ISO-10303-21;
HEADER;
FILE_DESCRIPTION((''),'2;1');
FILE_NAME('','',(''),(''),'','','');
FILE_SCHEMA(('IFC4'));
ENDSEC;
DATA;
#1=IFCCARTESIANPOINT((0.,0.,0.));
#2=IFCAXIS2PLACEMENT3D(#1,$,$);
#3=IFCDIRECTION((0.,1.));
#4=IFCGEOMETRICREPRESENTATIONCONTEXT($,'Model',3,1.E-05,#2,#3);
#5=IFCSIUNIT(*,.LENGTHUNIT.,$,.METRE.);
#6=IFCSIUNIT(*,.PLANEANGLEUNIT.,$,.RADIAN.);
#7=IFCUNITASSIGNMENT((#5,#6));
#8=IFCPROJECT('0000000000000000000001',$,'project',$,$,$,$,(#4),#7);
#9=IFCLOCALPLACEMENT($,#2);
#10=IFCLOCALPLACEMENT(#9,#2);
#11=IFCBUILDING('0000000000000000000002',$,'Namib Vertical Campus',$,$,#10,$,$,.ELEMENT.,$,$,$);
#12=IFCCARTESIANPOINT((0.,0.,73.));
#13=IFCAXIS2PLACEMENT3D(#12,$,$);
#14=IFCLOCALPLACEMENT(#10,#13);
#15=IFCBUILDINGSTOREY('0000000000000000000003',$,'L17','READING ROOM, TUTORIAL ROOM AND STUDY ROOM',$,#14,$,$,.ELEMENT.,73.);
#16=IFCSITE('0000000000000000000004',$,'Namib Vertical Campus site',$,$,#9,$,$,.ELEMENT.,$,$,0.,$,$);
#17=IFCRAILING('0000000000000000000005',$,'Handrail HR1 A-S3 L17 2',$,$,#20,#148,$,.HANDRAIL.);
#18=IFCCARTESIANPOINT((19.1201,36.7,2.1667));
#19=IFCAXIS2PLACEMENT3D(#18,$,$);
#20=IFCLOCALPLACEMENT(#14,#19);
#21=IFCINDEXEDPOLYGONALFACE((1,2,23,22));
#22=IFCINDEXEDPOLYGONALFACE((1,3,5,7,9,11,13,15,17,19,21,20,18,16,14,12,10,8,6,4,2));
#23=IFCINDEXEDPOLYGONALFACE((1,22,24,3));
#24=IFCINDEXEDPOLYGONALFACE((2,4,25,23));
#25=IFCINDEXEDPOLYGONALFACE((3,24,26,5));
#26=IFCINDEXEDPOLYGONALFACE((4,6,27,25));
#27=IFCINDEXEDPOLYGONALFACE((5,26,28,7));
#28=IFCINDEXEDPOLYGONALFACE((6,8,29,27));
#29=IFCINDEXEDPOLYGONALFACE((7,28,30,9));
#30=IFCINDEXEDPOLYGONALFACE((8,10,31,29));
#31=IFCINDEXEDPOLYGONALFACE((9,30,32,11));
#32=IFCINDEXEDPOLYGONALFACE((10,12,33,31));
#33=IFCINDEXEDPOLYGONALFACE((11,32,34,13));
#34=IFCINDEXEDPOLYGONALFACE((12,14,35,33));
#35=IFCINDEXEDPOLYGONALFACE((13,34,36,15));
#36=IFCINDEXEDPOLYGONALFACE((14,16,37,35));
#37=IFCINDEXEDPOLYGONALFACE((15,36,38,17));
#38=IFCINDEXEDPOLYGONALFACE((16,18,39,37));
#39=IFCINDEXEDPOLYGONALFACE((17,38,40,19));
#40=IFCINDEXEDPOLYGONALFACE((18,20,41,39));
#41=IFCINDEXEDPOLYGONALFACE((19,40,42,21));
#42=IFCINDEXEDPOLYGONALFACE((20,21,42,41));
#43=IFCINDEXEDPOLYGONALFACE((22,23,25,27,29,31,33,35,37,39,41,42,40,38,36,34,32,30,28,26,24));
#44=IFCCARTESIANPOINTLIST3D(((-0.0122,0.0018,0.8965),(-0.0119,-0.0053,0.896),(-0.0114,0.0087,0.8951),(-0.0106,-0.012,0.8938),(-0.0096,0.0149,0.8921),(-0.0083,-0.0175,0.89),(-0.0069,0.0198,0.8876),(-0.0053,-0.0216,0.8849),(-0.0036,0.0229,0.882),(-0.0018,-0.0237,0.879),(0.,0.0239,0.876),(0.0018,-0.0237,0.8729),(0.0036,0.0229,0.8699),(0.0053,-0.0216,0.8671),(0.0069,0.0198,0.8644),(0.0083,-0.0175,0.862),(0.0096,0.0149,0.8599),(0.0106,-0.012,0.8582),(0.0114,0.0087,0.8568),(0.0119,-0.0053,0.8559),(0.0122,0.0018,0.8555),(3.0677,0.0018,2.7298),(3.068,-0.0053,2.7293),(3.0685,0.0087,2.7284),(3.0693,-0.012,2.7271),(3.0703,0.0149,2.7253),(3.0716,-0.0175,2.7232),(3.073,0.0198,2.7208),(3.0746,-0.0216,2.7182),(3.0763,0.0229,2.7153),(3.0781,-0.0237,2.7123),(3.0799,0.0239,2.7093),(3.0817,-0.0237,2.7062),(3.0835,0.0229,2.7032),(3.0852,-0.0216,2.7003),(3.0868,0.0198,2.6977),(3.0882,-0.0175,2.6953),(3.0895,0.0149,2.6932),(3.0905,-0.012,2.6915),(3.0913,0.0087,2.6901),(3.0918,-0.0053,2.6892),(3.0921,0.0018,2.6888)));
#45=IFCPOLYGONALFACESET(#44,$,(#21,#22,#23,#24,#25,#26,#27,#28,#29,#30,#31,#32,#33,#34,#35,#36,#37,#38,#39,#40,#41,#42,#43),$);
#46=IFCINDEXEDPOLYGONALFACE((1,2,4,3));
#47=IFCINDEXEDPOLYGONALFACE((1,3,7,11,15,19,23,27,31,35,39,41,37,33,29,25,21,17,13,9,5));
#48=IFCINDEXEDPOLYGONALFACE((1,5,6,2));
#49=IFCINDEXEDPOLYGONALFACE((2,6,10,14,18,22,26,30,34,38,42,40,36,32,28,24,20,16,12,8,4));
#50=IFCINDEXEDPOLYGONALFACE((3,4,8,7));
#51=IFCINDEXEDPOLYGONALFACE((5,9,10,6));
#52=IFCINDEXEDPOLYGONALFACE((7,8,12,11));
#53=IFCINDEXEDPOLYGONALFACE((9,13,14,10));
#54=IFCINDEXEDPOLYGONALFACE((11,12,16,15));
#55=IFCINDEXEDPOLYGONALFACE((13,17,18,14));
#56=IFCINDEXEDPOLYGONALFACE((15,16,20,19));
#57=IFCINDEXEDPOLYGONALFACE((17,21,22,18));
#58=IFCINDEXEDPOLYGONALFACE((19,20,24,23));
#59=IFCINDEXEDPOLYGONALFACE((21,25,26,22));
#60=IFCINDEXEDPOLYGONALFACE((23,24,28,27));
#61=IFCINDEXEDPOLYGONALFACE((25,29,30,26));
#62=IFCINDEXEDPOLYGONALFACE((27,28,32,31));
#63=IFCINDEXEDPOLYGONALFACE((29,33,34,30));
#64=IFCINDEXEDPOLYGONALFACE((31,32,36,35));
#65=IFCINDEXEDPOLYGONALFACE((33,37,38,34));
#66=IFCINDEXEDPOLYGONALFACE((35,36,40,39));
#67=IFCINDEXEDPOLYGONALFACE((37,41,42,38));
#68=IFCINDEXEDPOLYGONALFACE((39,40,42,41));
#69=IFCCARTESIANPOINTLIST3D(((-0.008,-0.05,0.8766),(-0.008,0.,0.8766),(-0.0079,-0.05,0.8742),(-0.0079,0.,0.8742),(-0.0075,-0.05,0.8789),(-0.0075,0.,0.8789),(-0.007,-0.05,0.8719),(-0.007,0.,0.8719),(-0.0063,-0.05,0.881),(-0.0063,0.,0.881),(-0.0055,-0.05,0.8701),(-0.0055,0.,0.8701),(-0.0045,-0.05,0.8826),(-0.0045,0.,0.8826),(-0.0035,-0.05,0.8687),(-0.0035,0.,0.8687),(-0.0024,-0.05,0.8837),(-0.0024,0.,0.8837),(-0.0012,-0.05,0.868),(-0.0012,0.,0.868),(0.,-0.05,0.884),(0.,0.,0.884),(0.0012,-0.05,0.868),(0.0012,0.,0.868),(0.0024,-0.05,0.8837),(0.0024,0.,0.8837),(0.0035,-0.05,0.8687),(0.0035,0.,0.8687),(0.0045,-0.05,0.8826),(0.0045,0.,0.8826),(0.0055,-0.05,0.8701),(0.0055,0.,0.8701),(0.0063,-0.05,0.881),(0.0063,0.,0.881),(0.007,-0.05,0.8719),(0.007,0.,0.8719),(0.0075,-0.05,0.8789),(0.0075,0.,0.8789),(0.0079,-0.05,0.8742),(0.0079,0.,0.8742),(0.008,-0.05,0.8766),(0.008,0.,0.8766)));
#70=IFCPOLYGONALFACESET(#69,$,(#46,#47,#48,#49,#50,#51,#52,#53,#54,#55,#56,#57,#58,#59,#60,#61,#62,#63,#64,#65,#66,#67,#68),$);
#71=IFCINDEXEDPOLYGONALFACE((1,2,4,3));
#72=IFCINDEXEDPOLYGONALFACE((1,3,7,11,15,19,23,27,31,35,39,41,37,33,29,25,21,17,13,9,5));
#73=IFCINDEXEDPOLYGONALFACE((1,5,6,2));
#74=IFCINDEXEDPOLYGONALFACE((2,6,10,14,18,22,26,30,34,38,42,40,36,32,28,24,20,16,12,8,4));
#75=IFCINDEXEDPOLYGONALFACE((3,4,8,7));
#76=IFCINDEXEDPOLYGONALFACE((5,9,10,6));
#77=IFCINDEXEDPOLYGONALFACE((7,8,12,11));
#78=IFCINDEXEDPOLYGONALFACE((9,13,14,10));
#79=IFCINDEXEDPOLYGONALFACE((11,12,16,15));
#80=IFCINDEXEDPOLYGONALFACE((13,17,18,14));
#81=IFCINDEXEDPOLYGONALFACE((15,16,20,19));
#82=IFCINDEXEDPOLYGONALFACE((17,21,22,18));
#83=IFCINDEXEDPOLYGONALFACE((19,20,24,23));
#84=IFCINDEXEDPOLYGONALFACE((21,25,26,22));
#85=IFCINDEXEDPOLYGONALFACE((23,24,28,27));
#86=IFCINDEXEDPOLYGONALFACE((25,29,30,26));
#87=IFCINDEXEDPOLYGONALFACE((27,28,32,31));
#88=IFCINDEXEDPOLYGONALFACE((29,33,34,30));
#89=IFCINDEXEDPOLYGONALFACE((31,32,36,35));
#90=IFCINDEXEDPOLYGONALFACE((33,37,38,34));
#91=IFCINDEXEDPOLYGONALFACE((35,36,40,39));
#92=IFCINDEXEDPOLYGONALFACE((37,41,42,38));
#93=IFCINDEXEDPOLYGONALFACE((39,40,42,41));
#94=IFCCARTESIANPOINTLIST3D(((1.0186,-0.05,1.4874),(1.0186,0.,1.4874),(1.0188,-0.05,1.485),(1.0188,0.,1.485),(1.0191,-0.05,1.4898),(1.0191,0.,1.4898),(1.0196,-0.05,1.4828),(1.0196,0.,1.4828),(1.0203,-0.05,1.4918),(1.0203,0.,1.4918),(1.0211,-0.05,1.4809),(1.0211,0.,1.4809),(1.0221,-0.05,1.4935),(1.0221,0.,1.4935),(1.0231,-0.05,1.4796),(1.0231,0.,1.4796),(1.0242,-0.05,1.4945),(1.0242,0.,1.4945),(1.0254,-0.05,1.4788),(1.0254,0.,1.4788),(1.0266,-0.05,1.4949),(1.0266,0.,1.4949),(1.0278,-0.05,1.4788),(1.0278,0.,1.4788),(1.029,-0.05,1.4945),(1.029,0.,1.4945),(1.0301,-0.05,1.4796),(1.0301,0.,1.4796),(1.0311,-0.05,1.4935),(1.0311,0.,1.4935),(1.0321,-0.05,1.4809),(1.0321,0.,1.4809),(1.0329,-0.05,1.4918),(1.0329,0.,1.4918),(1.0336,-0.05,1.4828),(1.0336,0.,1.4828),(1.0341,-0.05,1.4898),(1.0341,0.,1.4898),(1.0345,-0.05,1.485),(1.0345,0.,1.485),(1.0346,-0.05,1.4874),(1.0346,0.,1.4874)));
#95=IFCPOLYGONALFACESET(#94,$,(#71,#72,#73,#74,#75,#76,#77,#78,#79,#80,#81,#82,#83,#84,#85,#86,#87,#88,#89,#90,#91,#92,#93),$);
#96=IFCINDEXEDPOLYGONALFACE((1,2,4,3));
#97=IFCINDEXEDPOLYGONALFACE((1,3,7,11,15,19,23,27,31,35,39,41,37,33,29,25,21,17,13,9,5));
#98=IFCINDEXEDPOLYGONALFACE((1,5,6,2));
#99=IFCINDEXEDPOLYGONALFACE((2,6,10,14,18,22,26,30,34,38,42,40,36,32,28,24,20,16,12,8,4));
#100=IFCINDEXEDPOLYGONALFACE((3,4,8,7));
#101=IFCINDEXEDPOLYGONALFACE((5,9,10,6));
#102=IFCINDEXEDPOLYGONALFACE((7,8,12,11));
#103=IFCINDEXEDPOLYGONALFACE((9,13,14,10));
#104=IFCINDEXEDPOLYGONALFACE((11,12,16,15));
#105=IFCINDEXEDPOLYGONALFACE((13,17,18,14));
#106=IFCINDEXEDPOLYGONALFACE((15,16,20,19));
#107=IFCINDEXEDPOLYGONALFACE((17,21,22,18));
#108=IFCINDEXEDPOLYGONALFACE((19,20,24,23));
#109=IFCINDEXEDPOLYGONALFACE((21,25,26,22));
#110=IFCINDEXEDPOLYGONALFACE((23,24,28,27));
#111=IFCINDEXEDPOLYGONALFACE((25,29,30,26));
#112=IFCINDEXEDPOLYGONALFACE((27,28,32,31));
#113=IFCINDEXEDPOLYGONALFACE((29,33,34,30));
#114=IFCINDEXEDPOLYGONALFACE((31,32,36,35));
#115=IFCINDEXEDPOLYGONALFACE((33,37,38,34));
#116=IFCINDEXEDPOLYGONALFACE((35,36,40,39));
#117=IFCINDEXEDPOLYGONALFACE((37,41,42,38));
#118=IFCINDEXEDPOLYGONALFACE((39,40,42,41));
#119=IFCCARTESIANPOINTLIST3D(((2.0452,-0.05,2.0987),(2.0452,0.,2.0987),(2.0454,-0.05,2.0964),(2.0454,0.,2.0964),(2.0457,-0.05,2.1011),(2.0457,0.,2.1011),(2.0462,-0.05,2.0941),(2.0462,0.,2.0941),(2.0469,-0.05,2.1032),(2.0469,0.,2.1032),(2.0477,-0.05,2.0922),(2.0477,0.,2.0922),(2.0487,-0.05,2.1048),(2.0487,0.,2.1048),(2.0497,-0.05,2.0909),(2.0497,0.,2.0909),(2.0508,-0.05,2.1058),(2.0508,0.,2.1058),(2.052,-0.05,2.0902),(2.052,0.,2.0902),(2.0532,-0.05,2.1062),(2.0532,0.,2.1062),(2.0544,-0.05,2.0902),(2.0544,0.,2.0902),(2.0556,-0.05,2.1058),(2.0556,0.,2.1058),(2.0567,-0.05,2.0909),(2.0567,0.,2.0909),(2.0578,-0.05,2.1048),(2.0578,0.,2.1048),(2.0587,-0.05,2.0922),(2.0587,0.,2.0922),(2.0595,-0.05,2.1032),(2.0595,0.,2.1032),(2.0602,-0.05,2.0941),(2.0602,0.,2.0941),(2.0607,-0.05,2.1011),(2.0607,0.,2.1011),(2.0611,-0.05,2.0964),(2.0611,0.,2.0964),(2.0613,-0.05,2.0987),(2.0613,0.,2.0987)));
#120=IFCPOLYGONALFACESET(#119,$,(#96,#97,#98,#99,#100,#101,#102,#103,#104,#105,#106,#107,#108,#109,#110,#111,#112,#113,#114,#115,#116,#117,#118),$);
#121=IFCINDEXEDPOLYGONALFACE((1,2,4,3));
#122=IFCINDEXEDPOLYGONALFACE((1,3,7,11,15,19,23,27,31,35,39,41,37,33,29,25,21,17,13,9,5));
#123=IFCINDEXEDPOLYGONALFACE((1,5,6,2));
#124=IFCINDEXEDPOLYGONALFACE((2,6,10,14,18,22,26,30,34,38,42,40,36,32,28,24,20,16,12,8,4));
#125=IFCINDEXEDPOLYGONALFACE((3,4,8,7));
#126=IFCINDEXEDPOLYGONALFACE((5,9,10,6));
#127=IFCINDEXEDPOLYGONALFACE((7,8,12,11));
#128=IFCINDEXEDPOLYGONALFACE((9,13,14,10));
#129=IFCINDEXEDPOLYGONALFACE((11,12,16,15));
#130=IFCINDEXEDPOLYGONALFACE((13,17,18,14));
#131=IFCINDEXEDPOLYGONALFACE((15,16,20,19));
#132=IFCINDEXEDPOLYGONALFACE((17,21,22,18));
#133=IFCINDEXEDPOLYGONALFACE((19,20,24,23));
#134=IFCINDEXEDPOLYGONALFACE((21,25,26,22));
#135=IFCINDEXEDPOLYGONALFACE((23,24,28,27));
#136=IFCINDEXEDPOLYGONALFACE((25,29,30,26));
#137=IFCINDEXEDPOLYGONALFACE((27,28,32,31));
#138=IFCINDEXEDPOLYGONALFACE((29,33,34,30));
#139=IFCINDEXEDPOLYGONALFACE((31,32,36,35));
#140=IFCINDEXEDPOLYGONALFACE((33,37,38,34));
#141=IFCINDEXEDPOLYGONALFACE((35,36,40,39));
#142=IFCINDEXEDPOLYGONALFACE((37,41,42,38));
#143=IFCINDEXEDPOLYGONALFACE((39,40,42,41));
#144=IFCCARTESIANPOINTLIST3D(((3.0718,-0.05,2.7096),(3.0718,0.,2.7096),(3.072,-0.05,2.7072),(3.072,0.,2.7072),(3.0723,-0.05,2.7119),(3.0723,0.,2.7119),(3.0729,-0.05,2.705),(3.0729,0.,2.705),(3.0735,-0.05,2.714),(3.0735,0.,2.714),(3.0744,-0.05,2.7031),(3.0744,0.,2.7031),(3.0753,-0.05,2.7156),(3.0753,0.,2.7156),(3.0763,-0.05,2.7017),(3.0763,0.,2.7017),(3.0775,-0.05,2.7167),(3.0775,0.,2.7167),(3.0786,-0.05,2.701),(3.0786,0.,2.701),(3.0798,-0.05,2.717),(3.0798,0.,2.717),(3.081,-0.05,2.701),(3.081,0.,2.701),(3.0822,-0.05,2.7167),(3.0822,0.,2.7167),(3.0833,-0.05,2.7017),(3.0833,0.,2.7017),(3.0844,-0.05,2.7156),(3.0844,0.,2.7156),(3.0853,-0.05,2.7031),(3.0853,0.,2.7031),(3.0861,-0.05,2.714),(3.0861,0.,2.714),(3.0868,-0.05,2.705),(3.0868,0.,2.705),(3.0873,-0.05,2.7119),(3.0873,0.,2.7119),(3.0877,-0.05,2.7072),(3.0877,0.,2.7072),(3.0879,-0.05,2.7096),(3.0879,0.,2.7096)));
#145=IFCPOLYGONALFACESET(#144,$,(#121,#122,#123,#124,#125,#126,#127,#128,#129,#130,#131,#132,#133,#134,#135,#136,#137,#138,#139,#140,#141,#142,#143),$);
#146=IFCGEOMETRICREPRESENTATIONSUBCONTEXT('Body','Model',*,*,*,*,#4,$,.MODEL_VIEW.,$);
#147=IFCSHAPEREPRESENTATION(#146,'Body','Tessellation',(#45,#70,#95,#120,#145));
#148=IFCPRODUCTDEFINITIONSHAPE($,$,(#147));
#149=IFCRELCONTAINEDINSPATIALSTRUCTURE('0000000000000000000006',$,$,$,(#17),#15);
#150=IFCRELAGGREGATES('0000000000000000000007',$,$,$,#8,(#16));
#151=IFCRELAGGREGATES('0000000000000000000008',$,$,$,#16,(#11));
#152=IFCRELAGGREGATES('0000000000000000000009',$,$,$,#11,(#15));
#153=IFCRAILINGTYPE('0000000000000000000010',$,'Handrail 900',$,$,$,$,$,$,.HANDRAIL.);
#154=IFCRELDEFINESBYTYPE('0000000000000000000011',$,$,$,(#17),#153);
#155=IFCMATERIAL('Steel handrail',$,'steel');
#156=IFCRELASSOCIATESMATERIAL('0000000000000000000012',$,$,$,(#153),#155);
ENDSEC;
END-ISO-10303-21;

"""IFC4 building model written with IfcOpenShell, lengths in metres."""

from ifc_helpers import new_model, si_unit, direction, frame, origin, origin_2d, place, context, subcontext, project, spatial, circle, extrude, material, type_object, element, save


model = new_model("IFC4")

# Units and contexts
model_context = context("Model", 3, precision=1e-05, world=origin(), true_north=direction((0.0, 1.0)))
body_context = subcontext(model_context, "Body", "Model", "MODEL_VIEW")
ifc_project = project(units=[si_unit("LENGTHUNIT", "METRE"), si_unit("PLANEANGLEUNIT", "RADIAN")], contexts=[model_context])

# Site, building, storey
site_placement = place(None, origin())
site = spatial("IfcSite", under=ifc_project, at=site_placement, Name="Namib Vertical Campus site", CompositionType="ELEMENT", RefElevation=0.0)
building_placement = place(site_placement, origin())
building = spatial("IfcBuilding", under=site, at=building_placement, Name="Namib Vertical Campus", CompositionType="ELEMENT")
storey_placement = place(building_placement, frame((0.0, 0.0, 73.0)))
storey = spatial("IfcBuildingStorey", under=building, at=storey_placement, Name="L17", Description="READING ROOM, TUTORIAL ROOM AND STUDY ROOM", CompositionType="ELEMENT", Elevation=73.0)

# Railing
ifc_material_1 = material(Name="Steel handrail", Category="steel")
railing_type = type_object("IfcRailingType", Name="Handrail 900", PredefinedType="HANDRAIL", material=ifc_material_1)
railing_1_placement = place(storey_placement, frame((19.1201, 36.7, 2.1667)))
element("IfcRailing", 1, at=railing_1_placement, inside=storey, type_object=railing_type, Name="Handrail HR1 A-S3 L17 2", PredefinedType="HANDRAIL", context=body_context, shape_type="SweptSolid", body=[
    extrude(circle(Radius=0.0239, at=origin_2d()), frame((0.0, 0.0, 0.876), z_axis=(0.859291, 0.0, 0.511487), x_axis=(0.0, 1.0, 0.0)), (0.0, 0.0, 1.0), 3.5842),
    extrude(circle(Radius=0.0081, at=origin_2d()), frame((0.0, 0.0, 0.876), z_axis=(0.0, -1.0, 0.0), x_axis=(0.0, 0.0, 1.0)), (0.0, 0.0, 1.0), 0.05),
    extrude(circle(Radius=0.0081, at=origin_2d()), frame((1.0266, 0.0, 1.4868), z_axis=(0.0, -1.0, 0.0), x_axis=(0.0, 0.0, 1.0)), (0.0, 0.0, 1.0), 0.05),
    extrude(circle(Radius=0.0081, at=origin_2d()), frame((2.0532, 0.0, 2.0981), z_axis=(0.0, -1.0, 0.0), x_axis=(0.0, 0.0, 1.0)), (0.0, 0.0, 1.0), 0.05),
    extrude(circle(Radius=0.0081, at=origin_2d()), frame((3.0798, 0.0, 2.709), z_axis=(0.0, -1.0, 0.0), x_axis=(0.0, 0.0, 1.0)), (0.0, 0.0, 1.0), 0.05),
])

save(model, "model.ifc")
